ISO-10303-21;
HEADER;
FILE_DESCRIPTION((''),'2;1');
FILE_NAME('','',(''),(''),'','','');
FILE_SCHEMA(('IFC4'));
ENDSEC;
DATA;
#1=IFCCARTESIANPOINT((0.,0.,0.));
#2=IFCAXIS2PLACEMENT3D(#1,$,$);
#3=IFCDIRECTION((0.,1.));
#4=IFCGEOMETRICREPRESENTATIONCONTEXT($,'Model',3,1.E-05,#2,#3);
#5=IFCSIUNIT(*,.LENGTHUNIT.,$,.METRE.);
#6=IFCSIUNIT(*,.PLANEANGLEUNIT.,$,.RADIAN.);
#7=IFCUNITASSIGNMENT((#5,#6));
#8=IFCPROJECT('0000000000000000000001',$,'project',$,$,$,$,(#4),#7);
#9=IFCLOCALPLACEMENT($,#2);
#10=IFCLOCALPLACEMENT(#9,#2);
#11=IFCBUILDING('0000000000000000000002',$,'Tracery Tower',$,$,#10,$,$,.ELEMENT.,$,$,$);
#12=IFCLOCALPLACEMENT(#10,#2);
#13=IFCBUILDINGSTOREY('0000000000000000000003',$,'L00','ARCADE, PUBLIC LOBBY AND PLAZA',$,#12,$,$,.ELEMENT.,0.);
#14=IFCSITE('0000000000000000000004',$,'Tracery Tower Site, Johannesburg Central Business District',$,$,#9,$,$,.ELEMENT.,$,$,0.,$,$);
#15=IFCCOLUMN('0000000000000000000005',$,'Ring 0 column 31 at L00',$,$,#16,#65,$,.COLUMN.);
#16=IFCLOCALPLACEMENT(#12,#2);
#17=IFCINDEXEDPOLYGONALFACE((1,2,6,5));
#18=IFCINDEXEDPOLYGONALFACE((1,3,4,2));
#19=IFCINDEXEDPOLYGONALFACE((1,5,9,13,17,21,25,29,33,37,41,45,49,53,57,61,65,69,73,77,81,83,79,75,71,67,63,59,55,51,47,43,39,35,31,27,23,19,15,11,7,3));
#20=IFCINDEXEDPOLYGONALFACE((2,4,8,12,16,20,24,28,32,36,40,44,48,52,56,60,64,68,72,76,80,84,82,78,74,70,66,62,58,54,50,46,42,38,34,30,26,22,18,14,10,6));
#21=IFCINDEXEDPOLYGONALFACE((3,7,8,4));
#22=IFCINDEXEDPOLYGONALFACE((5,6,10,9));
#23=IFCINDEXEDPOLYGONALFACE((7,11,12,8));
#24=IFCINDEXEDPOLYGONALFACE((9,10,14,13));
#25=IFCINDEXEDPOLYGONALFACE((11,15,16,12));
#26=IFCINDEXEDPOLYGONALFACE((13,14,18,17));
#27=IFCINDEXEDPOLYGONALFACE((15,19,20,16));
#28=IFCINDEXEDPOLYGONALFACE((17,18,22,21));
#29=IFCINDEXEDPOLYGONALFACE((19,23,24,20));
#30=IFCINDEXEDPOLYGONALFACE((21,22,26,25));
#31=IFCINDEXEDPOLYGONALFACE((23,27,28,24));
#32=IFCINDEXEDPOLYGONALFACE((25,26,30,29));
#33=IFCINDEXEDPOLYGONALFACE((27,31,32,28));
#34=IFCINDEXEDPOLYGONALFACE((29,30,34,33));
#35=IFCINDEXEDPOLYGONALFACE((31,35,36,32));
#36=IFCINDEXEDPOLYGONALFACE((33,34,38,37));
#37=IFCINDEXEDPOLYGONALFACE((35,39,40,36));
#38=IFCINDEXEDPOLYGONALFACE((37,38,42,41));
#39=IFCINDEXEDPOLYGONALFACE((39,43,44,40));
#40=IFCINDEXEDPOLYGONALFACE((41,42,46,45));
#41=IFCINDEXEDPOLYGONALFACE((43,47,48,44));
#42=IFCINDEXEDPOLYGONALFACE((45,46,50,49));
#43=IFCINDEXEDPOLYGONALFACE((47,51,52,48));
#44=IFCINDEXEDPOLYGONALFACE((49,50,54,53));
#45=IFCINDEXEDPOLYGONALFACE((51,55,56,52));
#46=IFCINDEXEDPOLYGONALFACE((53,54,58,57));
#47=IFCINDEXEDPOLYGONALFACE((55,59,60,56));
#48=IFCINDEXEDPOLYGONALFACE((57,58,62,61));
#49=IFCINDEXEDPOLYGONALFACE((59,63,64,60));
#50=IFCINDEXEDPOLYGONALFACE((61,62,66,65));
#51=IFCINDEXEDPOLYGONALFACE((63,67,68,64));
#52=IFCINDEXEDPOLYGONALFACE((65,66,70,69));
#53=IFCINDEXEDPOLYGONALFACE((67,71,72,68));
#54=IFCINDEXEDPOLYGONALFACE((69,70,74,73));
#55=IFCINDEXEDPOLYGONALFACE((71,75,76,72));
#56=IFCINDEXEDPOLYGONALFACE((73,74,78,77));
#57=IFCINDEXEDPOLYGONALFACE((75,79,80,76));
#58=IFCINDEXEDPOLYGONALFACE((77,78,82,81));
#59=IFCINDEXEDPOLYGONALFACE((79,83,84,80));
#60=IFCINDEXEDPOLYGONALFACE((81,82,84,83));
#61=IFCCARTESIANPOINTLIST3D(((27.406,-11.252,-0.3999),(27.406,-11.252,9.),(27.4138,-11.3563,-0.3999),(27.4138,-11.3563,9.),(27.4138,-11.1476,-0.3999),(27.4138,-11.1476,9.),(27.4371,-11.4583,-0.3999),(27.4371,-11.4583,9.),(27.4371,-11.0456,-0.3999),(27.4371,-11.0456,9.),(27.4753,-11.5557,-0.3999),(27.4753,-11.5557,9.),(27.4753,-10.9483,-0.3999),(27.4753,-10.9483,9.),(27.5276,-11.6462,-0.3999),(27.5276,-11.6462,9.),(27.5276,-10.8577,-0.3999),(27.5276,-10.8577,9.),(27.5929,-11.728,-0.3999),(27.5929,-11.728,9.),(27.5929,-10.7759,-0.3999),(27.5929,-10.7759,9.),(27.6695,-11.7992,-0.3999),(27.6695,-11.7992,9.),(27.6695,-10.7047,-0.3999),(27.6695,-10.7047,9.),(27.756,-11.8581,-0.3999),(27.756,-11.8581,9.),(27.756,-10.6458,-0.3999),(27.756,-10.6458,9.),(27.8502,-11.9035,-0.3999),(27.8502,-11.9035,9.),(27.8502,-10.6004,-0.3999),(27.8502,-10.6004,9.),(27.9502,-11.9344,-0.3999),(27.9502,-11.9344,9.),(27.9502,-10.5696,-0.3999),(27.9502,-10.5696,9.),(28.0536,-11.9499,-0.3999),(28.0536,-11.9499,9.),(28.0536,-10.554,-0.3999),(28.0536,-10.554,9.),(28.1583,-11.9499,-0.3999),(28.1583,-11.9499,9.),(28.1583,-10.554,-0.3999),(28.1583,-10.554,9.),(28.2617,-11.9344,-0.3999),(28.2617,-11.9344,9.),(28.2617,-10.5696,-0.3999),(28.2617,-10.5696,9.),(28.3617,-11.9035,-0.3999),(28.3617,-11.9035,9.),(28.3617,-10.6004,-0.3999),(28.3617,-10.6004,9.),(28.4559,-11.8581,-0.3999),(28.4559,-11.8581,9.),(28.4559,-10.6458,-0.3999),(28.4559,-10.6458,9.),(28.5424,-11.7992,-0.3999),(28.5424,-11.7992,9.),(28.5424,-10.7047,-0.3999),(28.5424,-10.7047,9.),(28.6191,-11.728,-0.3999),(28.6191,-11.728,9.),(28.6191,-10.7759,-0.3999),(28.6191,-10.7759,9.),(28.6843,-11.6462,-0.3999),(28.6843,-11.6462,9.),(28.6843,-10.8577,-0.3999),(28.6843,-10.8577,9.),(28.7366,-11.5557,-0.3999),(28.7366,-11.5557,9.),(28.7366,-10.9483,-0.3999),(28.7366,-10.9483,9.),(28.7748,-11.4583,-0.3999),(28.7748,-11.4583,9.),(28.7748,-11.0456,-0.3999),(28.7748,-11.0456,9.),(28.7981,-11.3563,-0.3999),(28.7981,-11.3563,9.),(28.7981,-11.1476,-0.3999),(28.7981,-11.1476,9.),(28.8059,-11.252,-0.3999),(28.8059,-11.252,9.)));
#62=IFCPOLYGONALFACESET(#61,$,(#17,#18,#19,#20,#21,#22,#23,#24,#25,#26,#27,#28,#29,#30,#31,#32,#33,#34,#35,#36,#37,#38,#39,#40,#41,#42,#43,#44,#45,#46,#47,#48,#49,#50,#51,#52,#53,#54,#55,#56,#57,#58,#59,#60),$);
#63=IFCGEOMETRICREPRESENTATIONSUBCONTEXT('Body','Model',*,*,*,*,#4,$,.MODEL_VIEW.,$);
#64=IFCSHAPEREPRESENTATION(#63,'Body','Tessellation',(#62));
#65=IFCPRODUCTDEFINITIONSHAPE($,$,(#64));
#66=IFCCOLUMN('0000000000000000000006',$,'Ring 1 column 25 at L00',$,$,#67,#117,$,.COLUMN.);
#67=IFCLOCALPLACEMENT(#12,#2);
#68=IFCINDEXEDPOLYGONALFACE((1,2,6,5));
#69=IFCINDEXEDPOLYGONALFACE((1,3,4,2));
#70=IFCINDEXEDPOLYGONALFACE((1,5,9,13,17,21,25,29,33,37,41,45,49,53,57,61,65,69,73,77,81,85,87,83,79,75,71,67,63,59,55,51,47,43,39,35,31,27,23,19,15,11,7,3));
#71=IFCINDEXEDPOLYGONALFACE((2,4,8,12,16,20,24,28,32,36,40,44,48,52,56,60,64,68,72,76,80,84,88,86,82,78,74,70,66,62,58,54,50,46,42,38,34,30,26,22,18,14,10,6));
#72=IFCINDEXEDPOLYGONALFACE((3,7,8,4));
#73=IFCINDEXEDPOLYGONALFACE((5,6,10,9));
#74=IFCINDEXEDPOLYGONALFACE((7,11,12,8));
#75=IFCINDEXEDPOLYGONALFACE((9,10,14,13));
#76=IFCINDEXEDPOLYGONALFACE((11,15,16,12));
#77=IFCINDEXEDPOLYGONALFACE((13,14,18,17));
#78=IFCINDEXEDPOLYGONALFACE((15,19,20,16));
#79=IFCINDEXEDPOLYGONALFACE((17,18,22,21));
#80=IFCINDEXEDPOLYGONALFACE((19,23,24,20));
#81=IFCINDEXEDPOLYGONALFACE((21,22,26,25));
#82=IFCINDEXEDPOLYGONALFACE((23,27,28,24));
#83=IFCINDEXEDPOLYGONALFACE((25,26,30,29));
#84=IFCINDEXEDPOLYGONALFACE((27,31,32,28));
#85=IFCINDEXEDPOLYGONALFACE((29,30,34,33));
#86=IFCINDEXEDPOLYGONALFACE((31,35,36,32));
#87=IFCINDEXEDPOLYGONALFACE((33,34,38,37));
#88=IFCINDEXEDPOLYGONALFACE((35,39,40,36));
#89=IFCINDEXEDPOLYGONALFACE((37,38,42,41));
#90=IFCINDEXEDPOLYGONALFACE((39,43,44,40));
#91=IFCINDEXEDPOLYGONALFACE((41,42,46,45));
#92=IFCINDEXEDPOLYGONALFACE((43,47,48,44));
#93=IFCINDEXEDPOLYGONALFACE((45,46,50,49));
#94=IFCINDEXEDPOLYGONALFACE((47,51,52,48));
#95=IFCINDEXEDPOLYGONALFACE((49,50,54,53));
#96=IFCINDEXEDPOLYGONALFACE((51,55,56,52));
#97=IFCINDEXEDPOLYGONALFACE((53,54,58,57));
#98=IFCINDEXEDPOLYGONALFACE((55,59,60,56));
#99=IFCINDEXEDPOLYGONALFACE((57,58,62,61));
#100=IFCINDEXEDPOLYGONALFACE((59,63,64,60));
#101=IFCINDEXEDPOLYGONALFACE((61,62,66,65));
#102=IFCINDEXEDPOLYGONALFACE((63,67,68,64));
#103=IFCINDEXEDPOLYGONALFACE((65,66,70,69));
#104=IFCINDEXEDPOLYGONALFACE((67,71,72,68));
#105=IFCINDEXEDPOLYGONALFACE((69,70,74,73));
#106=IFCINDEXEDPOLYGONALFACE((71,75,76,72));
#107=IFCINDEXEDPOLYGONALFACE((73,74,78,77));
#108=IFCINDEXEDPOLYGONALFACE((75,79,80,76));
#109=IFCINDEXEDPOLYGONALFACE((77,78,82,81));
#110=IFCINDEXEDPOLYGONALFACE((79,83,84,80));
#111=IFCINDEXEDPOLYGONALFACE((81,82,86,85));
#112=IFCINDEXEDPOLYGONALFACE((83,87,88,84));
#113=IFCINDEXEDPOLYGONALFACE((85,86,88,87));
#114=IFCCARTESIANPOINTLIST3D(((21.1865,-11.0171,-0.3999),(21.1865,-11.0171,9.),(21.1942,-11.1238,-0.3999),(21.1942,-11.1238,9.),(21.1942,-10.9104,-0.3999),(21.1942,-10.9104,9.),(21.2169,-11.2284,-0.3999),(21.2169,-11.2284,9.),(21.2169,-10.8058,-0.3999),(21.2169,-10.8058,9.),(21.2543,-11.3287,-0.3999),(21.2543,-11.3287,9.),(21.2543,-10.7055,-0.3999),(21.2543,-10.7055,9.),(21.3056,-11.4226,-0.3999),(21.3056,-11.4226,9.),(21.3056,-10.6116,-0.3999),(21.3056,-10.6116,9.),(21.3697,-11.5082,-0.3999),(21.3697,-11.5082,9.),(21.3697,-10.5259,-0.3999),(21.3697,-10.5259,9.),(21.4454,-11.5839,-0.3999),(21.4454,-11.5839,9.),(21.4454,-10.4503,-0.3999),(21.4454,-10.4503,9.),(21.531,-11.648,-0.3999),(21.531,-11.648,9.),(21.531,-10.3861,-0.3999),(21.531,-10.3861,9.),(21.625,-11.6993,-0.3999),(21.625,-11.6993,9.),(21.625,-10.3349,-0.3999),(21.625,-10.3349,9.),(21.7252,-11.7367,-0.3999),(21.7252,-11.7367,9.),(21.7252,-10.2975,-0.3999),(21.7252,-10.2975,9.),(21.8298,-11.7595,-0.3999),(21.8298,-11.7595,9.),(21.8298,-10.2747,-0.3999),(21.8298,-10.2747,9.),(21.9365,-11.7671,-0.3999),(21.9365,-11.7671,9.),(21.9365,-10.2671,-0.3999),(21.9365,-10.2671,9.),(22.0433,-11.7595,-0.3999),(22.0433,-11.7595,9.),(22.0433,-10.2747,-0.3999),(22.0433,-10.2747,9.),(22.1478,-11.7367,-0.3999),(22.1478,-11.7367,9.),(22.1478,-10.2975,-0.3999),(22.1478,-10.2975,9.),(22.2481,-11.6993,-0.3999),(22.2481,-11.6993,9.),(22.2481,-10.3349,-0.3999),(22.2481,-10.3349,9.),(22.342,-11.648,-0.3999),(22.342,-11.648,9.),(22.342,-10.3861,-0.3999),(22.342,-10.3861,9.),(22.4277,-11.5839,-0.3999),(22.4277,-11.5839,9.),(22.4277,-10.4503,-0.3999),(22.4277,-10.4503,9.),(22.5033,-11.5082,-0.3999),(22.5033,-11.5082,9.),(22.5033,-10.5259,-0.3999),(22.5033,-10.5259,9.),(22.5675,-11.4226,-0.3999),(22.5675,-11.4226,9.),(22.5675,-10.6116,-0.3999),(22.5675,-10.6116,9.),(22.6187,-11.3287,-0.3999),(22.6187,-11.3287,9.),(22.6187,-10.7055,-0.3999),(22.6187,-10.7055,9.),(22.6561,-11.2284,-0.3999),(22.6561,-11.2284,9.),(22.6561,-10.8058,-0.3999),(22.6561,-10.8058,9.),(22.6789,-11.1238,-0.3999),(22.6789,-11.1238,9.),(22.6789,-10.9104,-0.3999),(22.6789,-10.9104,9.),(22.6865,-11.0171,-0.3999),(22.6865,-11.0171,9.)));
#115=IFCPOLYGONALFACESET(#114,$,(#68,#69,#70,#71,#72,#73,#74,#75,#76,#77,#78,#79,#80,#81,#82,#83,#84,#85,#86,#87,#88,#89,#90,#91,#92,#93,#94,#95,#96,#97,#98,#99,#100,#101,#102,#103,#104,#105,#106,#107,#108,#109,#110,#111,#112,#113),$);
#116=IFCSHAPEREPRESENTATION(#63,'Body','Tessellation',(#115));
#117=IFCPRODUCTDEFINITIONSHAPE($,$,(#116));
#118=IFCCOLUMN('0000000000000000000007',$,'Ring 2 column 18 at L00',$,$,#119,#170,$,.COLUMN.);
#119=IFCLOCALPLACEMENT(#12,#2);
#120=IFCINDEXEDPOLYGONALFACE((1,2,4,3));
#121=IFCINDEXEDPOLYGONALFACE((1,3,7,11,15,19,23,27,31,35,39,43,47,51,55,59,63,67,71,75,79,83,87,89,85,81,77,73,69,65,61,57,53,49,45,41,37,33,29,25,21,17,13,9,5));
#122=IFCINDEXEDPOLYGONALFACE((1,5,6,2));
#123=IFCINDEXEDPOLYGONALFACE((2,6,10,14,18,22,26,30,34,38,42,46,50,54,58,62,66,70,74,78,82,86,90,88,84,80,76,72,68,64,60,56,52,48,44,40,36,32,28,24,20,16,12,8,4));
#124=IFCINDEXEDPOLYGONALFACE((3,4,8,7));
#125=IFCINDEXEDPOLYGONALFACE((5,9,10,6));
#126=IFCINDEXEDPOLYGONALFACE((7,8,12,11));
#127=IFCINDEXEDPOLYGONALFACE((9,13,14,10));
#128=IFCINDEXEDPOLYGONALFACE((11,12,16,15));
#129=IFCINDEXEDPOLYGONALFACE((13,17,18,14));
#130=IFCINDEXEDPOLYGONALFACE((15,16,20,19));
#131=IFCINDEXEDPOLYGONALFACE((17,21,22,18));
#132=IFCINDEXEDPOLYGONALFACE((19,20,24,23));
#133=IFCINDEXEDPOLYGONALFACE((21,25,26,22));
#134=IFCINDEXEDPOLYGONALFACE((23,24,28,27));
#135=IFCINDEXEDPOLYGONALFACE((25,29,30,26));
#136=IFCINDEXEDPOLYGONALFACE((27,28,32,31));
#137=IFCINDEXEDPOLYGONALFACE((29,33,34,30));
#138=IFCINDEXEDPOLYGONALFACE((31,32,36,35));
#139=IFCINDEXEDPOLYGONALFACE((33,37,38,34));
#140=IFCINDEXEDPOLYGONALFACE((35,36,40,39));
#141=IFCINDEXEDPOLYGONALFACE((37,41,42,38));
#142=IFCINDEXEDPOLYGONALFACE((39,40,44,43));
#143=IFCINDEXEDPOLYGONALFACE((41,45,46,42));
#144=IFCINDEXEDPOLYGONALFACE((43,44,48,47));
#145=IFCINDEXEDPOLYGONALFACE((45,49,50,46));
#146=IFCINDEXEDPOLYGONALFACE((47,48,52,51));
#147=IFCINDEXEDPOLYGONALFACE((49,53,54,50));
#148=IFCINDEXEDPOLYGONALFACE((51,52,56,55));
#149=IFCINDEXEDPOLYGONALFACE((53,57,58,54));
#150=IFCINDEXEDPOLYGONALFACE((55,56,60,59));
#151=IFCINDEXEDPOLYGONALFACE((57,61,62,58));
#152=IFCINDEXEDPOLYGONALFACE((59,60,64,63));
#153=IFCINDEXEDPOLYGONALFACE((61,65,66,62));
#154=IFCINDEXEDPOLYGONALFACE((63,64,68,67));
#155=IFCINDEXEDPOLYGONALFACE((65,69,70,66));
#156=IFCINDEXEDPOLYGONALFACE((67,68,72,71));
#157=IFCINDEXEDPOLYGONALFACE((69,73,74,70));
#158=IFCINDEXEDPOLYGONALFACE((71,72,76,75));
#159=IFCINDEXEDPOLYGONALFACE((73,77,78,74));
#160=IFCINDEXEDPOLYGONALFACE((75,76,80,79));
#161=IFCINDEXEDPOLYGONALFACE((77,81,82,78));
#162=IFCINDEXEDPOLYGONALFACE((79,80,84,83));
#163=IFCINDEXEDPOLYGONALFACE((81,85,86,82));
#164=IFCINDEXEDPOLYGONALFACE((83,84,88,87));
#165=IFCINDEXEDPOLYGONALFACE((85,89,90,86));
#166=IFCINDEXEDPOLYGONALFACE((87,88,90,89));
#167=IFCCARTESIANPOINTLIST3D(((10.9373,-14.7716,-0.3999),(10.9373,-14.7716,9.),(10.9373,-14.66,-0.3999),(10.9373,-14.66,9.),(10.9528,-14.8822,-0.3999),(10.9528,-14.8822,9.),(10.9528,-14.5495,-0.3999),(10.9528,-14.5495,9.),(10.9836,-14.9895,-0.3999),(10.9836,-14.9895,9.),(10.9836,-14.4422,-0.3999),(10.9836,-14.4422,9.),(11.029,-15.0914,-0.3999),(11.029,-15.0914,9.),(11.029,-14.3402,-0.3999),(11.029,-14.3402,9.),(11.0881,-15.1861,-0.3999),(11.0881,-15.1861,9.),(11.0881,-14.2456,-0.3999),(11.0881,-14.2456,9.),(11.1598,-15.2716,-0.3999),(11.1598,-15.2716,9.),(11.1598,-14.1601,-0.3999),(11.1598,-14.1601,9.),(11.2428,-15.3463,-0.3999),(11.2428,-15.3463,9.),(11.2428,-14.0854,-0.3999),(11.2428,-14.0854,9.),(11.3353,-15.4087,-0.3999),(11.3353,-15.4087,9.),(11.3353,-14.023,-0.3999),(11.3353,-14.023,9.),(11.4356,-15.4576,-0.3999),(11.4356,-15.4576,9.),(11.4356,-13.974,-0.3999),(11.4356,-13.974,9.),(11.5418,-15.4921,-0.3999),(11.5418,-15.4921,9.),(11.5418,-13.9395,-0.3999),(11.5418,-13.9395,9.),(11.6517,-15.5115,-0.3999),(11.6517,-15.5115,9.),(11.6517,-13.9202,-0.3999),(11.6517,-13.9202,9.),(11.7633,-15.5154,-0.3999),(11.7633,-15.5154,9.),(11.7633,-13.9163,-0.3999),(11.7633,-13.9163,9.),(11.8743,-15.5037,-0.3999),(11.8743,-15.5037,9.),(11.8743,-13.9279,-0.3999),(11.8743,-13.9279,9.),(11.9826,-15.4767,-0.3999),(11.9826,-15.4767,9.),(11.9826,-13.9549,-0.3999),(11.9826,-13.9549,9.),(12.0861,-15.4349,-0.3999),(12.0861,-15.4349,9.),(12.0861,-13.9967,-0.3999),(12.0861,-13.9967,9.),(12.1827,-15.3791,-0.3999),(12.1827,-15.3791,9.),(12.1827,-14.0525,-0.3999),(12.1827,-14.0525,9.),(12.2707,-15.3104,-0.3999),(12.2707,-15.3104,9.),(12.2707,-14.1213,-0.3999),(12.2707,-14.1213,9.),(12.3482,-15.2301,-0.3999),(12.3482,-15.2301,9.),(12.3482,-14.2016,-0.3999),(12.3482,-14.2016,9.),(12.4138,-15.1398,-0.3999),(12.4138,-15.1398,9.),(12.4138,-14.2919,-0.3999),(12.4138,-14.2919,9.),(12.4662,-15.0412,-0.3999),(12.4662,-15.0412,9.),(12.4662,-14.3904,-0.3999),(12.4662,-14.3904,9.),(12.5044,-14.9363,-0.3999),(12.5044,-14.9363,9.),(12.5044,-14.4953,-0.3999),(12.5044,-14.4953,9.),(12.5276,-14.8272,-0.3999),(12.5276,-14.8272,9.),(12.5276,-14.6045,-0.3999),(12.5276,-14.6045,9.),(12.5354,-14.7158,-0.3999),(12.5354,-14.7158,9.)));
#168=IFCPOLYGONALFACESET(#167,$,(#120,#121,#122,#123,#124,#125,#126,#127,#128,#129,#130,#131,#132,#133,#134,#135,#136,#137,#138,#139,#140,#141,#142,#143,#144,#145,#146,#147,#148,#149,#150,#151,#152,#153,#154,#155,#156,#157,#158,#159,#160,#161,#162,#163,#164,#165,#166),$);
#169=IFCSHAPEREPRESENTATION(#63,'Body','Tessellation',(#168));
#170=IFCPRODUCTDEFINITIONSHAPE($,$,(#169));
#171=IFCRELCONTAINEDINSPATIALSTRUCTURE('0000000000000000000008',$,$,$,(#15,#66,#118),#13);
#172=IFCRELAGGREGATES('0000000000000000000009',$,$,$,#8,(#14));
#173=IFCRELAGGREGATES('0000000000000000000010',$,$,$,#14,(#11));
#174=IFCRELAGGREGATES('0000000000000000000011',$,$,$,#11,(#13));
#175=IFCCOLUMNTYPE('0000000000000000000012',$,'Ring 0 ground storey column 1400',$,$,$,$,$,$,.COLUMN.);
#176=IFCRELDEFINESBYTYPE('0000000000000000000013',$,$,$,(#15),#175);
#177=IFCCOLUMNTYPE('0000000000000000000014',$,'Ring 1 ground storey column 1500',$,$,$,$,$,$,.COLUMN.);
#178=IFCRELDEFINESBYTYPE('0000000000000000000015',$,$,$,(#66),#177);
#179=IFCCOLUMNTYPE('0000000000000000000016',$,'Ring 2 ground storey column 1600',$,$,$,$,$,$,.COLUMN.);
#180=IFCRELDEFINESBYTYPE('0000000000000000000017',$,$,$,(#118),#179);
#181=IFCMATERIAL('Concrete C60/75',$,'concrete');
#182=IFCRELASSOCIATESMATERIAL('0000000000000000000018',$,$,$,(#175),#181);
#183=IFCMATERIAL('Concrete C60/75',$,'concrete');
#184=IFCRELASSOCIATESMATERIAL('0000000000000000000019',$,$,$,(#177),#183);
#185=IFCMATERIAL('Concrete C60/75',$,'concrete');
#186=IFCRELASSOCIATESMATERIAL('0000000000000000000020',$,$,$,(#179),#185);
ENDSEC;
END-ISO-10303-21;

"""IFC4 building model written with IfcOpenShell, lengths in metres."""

from ifc_helpers import new_model, si_unit, direction, frame, origin, origin_2d, place, context, subcontext, project, spatial, circle, extrude, material, material_profile, profile_set, type_object, element, save


model = new_model("IFC4")

# Units and contexts
model_context = context("Model", 3, precision=1e-05, world=origin(), true_north=direction((0.0, 1.0)))
body_context = subcontext(model_context, "Body", "Model", "MODEL_VIEW")
ifc_project = project(units=[si_unit("LENGTHUNIT", "METRE"), si_unit("PLANEANGLEUNIT", "RADIAN")], contexts=[model_context])

# Site, building, storey
site_placement = place(None, origin())
site = spatial("IfcSite", under=ifc_project, at=site_placement, Name="Tracery Tower Site, Johannesburg Central Business District", CompositionType="ELEMENT", RefElevation=0.0)
building_placement = place(site_placement, origin())
building = spatial("IfcBuilding", under=site, at=building_placement, Name="Tracery Tower", CompositionType="ELEMENT")
storey_placement = place(building_placement, origin())
storey = spatial("IfcBuildingStorey", under=building, at=storey_placement, Name="L00", Description="ARCADE, PUBLIC LOBBY AND PLAZA", CompositionType="ELEMENT", Elevation=0.0)

# Columns
ifc_material_1 = material(Name="Concrete C60/75", Category="concrete")
ifc_material_profile_1 = material_profile(ifc_material_1, circle(Radius=0.7, at=origin_2d()), Name="RC D1400")
ifc_profile_set_1 = profile_set([ifc_material_profile_1], Name="Concrete C60/75")
column_type_1 = type_object("IfcColumnType", Name="Ring 0 ground storey column 1400", PredefinedType="COLUMN", material=ifc_profile_set_1)
column_1_placement = place(storey_placement, frame((28.106, -11.252, -0.3999), z_axis=(0.0, 0.0, 1.0), x_axis=(1.0, 0.0, 0.0)))
element("IfcColumn", 1, at=column_1_placement, inside=storey, type_object=column_type_1, Name="Ring 0 column 31 at L00", PredefinedType="COLUMN", context=body_context, shape_type="SweptSolid", body=[
    extrude(circle(Radius=0.7, at=origin_2d()), origin(), (0.0, 0.0, 1.0), 9.3999),
])
ifc_material_2 = material(Name="Concrete C60/75", Category="concrete")
ifc_material_profile_2 = material_profile(ifc_material_2, circle(Radius=0.75, at=origin_2d()), Name="RC D1500")
ifc_profile_set_2 = profile_set([ifc_material_profile_2], Name="Concrete C60/75")
column_type_2 = type_object("IfcColumnType", Name="Ring 1 ground storey column 1500", PredefinedType="COLUMN", material=ifc_profile_set_2)
column_2_placement = place(storey_placement, frame((21.9365, -11.0171, -0.3999), z_axis=(0.0, 0.0, 1.0), x_axis=(1.0, 0.0, 0.0)))
element("IfcColumn", 2, at=column_2_placement, inside=storey, type_object=column_type_2, Name="Ring 1 column 25 at L00", PredefinedType="COLUMN", context=body_context, shape_type="SweptSolid", body=[
    extrude(circle(Radius=0.75, at=origin_2d()), origin(), (0.0, 0.0, 1.0), 9.3999),
])
ifc_material_3 = material(Name="Concrete C60/75", Category="concrete")
ifc_material_profile_3 = material_profile(ifc_material_3, circle(Radius=0.8, at=origin_2d()), Name="RC D1600")
ifc_profile_set_3 = profile_set([ifc_material_profile_3], Name="Concrete C60/75")
column_type_3 = type_object("IfcColumnType", Name="Ring 2 ground storey column 1600", PredefinedType="COLUMN", material=ifc_profile_set_3)
for number, where, z_axis, x_axis, name in (
    (3, (11.7354, -14.7158, -0.3999), (0.0, 0.0, 1.0), (1.0, 0.0, 0.0), "Ring 2 column 18 at L00"),
):
    element("IfcColumn", number, at=place(storey_placement, frame(where, z_axis=z_axis, x_axis=x_axis)), inside=storey, type_object=column_type_3, Name=name, PredefinedType="COLUMN", context=body_context, shape_type="SweptSolid", body=[
        extrude(circle(Radius=0.8, at=origin_2d()), origin(), (0.0, 0.0, 1.0), 9.3999),
    ])

save(model, "model.ifc")
